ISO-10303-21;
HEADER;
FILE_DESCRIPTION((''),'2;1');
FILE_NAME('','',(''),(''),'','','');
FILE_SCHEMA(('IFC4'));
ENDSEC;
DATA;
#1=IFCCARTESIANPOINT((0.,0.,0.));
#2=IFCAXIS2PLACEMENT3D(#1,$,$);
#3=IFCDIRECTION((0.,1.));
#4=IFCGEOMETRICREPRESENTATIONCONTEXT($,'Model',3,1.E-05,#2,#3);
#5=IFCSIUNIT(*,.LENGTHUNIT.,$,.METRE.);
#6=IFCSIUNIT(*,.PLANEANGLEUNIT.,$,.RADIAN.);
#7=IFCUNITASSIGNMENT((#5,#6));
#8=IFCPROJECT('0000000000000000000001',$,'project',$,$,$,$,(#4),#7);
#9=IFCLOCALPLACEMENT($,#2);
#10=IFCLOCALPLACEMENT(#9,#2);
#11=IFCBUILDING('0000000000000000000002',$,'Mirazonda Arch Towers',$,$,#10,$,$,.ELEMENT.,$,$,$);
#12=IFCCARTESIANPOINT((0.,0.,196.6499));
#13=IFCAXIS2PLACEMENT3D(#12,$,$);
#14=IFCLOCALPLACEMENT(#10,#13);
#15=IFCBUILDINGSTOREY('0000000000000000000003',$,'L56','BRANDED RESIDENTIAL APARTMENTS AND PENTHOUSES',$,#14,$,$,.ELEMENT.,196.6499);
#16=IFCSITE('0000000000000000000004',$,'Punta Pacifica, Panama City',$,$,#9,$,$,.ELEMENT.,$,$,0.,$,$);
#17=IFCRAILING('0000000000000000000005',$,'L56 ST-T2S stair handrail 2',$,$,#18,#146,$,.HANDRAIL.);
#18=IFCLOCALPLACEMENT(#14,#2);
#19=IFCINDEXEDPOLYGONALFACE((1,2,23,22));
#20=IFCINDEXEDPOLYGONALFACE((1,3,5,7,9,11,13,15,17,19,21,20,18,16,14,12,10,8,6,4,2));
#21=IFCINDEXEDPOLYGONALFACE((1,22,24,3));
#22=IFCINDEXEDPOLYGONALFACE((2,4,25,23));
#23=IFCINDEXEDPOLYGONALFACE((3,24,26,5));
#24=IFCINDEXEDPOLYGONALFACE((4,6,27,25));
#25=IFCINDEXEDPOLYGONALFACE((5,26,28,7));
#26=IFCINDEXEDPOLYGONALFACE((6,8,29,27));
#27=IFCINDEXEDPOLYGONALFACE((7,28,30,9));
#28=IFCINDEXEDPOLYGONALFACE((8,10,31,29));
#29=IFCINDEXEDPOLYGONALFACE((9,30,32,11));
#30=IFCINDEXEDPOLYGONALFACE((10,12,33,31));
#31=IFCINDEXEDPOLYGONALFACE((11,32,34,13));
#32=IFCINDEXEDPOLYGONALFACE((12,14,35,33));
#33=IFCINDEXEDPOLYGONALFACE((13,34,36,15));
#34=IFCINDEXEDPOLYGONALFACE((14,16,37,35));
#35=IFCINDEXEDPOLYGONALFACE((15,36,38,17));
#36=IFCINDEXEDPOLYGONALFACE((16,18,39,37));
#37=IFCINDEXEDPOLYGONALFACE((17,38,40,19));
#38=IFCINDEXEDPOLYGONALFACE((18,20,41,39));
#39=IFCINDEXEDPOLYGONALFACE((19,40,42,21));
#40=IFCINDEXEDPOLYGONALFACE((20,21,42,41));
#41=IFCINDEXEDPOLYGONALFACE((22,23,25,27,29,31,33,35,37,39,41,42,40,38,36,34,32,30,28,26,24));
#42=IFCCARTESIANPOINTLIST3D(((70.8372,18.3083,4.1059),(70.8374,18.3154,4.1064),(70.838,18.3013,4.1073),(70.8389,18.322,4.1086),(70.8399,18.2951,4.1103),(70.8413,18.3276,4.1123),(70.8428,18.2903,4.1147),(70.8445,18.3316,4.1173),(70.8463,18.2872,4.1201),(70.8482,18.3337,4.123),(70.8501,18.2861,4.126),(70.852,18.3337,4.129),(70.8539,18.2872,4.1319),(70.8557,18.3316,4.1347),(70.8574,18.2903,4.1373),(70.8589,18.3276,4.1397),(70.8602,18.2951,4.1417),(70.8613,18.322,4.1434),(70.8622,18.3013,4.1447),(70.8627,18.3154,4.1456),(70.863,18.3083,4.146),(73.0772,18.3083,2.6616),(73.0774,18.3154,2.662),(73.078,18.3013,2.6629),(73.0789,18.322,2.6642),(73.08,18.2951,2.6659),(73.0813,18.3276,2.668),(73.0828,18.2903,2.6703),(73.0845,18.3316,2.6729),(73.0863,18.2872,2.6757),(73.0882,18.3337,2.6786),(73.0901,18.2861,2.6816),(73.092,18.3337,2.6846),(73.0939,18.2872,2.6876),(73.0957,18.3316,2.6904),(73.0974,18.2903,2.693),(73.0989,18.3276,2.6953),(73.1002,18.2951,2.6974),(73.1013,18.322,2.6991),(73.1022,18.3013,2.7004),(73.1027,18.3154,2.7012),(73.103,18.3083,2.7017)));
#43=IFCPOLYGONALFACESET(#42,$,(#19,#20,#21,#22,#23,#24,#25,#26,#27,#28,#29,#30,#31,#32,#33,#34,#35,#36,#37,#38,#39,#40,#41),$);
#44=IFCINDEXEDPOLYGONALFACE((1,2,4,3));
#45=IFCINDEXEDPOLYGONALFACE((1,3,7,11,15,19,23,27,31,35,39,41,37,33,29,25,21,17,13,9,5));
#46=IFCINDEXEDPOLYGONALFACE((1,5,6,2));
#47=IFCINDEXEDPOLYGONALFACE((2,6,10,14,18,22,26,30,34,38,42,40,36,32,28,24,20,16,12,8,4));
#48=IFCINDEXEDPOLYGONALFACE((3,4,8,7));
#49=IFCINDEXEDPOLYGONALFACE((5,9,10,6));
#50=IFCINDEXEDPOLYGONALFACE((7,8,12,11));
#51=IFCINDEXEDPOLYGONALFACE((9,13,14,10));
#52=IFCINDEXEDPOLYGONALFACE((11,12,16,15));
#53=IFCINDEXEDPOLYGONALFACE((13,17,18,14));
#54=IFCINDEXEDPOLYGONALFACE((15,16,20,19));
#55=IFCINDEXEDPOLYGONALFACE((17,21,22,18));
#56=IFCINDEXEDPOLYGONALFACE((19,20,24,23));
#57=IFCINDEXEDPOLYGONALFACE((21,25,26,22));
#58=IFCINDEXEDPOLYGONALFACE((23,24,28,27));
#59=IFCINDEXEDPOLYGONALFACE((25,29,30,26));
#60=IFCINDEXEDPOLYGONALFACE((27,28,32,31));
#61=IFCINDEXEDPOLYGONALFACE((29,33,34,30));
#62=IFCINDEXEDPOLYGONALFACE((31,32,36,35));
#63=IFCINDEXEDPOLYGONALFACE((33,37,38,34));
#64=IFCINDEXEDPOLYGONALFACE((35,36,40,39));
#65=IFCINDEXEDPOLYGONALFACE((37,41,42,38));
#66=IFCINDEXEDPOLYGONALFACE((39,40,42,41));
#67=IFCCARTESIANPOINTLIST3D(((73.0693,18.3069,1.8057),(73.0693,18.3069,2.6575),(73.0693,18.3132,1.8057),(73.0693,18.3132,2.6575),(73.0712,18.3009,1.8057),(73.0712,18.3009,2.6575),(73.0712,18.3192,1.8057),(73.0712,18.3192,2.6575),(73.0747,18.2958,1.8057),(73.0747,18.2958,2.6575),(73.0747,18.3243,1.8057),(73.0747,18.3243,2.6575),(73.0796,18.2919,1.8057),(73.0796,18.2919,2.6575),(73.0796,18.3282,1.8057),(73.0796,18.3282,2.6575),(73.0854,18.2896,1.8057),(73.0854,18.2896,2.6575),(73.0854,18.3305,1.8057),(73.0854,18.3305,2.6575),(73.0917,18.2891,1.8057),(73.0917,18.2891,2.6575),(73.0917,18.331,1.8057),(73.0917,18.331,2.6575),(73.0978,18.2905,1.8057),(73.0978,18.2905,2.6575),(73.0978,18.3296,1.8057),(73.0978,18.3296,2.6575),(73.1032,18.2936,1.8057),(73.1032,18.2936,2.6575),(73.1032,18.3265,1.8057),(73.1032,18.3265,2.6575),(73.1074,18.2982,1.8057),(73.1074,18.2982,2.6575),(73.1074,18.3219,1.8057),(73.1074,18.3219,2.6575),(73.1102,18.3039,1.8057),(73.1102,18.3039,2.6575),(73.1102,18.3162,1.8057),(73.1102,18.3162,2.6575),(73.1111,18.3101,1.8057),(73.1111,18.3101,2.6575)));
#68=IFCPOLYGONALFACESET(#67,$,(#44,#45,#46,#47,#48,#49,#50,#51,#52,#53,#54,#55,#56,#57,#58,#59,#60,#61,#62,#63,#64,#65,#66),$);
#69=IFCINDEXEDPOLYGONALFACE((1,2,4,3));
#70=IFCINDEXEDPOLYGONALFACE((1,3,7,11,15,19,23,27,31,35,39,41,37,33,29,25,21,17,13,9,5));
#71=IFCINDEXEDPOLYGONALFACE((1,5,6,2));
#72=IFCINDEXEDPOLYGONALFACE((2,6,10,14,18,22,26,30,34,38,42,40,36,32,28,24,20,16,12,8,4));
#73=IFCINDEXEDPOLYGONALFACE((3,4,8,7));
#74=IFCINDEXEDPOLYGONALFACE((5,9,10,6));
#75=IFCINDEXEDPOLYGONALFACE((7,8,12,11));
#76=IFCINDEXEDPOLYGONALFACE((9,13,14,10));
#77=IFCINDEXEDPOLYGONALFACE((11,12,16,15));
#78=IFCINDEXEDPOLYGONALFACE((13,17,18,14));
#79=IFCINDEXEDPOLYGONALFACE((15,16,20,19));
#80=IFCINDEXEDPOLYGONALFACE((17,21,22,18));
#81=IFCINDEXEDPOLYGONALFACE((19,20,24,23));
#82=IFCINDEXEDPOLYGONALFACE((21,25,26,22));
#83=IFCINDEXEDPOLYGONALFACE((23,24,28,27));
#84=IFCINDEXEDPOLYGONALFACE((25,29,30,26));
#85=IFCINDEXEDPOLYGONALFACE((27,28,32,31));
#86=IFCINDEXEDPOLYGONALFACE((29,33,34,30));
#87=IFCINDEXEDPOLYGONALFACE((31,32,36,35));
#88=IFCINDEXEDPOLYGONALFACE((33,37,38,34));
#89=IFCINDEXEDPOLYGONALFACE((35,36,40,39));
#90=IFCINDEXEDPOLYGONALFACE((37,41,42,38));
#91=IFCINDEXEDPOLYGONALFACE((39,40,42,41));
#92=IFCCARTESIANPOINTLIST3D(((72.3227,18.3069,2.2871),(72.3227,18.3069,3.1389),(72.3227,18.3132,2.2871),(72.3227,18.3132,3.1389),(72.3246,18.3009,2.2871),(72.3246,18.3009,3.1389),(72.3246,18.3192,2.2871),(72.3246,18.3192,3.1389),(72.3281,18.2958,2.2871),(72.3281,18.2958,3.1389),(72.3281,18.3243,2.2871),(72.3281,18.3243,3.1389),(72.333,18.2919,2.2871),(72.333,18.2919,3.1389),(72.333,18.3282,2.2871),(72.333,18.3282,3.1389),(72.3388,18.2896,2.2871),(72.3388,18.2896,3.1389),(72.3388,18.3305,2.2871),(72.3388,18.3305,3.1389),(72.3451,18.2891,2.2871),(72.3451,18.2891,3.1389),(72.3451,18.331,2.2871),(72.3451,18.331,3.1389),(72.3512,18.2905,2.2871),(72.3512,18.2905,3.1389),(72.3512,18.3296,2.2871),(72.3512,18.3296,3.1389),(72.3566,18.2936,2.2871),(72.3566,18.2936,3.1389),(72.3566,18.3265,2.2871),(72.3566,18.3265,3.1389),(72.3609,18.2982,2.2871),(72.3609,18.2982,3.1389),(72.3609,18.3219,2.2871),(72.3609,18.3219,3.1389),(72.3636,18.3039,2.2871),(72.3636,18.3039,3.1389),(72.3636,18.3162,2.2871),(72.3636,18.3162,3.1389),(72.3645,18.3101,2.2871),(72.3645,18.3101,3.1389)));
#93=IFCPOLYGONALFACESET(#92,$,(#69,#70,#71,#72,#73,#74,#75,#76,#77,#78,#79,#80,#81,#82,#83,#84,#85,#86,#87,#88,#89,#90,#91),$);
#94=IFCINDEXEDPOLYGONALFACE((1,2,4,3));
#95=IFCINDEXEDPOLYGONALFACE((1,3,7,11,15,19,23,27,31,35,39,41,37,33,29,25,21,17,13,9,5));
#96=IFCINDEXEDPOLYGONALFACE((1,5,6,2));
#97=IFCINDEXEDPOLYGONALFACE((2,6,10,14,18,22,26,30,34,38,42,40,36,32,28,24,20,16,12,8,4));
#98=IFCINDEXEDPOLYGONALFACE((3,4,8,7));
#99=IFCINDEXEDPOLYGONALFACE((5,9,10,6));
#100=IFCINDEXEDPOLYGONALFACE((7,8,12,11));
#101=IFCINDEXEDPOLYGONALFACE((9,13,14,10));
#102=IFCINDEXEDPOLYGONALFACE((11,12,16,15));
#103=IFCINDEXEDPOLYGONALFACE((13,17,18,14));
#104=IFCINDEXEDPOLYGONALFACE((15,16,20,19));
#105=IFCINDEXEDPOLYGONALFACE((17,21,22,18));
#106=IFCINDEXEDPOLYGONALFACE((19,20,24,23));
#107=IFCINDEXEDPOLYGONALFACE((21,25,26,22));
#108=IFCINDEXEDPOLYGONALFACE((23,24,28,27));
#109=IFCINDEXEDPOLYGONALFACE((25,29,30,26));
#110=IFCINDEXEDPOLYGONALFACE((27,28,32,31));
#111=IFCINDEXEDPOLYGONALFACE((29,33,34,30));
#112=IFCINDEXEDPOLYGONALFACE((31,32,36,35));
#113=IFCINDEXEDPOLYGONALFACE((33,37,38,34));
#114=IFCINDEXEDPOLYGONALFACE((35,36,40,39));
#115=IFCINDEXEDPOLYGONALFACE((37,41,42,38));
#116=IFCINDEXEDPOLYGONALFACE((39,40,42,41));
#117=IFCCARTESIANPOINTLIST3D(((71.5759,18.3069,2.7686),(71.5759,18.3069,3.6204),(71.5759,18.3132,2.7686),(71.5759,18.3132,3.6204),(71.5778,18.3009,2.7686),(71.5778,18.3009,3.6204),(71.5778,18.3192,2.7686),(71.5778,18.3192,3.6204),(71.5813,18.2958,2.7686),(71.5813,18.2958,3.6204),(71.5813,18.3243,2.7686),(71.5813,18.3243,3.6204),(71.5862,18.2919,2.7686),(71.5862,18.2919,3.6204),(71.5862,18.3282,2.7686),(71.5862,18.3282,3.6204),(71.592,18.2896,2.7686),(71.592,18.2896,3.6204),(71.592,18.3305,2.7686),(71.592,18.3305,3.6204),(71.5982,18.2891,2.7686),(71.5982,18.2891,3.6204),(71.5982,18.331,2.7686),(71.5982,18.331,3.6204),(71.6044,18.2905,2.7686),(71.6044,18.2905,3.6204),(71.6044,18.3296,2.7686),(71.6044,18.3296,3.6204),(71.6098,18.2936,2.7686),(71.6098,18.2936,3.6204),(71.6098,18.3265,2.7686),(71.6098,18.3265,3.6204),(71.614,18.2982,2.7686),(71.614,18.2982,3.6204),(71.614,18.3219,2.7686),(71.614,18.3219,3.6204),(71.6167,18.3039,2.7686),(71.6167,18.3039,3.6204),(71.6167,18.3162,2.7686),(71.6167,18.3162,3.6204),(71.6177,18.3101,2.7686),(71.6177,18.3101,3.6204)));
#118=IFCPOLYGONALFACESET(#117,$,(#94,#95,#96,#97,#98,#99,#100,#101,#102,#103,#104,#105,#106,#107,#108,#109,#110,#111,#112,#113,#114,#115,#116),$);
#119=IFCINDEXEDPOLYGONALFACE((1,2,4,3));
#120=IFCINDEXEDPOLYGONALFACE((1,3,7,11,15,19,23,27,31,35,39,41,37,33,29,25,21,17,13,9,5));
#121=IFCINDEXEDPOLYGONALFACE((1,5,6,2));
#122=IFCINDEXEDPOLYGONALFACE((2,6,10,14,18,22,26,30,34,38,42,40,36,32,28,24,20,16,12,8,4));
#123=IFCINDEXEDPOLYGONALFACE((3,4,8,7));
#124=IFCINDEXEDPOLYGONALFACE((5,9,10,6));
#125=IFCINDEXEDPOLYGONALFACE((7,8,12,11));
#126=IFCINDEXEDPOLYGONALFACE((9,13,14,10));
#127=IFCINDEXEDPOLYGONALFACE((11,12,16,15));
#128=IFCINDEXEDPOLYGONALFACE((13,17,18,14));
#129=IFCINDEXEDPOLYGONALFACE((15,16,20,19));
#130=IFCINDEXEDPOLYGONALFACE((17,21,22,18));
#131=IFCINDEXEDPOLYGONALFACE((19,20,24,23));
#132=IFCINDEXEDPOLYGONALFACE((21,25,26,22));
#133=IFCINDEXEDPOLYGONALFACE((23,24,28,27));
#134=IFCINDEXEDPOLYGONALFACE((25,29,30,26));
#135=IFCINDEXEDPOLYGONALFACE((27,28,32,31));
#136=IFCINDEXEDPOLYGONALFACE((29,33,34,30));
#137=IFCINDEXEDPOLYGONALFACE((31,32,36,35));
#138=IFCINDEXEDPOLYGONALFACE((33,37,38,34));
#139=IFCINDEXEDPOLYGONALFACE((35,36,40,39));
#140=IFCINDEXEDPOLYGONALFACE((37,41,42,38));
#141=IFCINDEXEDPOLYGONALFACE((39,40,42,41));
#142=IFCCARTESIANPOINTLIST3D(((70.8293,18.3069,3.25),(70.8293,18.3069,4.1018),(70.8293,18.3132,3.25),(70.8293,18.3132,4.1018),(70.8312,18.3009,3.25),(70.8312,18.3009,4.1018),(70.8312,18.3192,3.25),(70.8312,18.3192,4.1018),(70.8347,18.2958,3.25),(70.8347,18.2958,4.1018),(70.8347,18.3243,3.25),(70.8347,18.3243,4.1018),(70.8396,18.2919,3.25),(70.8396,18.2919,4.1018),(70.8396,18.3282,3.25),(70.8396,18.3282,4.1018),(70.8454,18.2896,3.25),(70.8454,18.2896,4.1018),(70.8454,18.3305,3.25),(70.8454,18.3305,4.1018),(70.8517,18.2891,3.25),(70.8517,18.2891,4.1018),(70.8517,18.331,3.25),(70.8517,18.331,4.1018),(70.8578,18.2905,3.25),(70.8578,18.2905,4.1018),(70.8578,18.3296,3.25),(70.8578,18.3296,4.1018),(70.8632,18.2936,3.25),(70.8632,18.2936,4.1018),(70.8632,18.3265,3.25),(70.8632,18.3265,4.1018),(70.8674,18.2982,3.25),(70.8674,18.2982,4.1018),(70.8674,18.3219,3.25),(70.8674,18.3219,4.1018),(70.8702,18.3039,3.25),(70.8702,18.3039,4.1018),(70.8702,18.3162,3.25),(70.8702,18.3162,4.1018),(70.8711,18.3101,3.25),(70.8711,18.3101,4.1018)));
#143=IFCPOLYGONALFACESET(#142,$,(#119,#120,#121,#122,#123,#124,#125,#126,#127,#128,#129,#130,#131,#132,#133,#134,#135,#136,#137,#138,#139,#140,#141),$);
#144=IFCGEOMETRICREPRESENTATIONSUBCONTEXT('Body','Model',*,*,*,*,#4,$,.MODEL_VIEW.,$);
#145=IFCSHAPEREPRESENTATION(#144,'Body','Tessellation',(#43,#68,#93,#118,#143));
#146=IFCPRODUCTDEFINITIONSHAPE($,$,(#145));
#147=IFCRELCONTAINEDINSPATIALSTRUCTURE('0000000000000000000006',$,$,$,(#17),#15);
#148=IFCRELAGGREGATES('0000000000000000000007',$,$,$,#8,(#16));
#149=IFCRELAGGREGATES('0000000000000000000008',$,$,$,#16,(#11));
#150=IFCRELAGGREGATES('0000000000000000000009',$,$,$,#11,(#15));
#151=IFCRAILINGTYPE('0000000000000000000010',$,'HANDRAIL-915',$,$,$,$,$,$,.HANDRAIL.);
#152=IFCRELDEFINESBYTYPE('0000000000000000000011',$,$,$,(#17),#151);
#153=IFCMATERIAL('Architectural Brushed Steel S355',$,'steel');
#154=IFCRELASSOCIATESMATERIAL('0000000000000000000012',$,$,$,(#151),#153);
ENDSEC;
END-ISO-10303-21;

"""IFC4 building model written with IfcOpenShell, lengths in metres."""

from ifc_helpers import new_model, si_unit, direction, frame, origin, origin_2d, place, context, subcontext, project, spatial, circle, extrude, material, type_object, element, save


model = new_model("IFC4")

# Units and contexts
model_context = context("Model", 3, precision=1e-05, world=origin(), true_north=direction((0.0, 1.0)))
body_context = subcontext(model_context, "Body", "Model", "MODEL_VIEW")
ifc_project = project(units=[si_unit("LENGTHUNIT", "METRE"), si_unit("PLANEANGLEUNIT", "RADIAN")], contexts=[model_context])

# Site, building, storey
site_placement = place(None, origin())
site = spatial("IfcSite", under=ifc_project, at=site_placement, Name="Punta Pacifica, Panama City", CompositionType="ELEMENT", RefElevation=0.0)
building_placement = place(site_placement, origin())
building = spatial("IfcBuilding", under=site, at=building_placement, Name="Mirazonda Arch Towers", CompositionType="ELEMENT")
storey_placement = place(building_placement, frame((0.0, 0.0, 196.6499)))
storey = spatial("IfcBuildingStorey", under=building, at=storey_placement, Name="L56", Description="BRANDED RESIDENTIAL APARTMENTS AND PENTHOUSES", CompositionType="ELEMENT", Elevation=196.6499)

# Shared definitions
ifc_material_1 = material(Name="Architectural Brushed Steel S355", Category="steel")

# Railing
railing_type_1 = type_object("IfcRailingType", Name="HANDRAIL-915", PredefinedType="HANDRAIL", material=ifc_material_1)
railing_1_placement = place(storey_placement, frame((73.0901, 18.3101, 1.8057)))
element("IfcRailing", 1, at=railing_1_placement, inside=storey, type_object=railing_type_1, Name="L56 ST-T2S stair handrail 2", PredefinedType="HANDRAIL", context=body_context, shape_type="SweptSolid", body=[
    extrude(circle(Radius=0.0239, at=origin_2d()), frame((0.0, 0.0, 0.876), z_axis=(-0.840437, 0.0, 0.54191), x_axis=(0.0, -1.0, 0.0)), (0.0, 0.0, 1.0), 2.6653),
    extrude(circle(Radius=0.021, at=origin_2d()), origin(), (0.0, 0.0, 1.0), 0.8518),
    extrude(circle(Radius=0.021, at=origin_2d()), frame((-0.7466, 0.0, 0.4814)), (0.0, 0.0, 1.0), 0.8518),
    extrude(circle(Radius=0.021, at=origin_2d()), frame((-1.4934, 0.0, 0.9629)), (0.0, 0.0, 1.0), 0.8518),
    extrude(circle(Radius=0.021, at=origin_2d()), frame((-2.24, 0.0, 1.4443)), (0.0, 0.0, 1.0), 0.8518),
])

save(model, "model.ifc")
